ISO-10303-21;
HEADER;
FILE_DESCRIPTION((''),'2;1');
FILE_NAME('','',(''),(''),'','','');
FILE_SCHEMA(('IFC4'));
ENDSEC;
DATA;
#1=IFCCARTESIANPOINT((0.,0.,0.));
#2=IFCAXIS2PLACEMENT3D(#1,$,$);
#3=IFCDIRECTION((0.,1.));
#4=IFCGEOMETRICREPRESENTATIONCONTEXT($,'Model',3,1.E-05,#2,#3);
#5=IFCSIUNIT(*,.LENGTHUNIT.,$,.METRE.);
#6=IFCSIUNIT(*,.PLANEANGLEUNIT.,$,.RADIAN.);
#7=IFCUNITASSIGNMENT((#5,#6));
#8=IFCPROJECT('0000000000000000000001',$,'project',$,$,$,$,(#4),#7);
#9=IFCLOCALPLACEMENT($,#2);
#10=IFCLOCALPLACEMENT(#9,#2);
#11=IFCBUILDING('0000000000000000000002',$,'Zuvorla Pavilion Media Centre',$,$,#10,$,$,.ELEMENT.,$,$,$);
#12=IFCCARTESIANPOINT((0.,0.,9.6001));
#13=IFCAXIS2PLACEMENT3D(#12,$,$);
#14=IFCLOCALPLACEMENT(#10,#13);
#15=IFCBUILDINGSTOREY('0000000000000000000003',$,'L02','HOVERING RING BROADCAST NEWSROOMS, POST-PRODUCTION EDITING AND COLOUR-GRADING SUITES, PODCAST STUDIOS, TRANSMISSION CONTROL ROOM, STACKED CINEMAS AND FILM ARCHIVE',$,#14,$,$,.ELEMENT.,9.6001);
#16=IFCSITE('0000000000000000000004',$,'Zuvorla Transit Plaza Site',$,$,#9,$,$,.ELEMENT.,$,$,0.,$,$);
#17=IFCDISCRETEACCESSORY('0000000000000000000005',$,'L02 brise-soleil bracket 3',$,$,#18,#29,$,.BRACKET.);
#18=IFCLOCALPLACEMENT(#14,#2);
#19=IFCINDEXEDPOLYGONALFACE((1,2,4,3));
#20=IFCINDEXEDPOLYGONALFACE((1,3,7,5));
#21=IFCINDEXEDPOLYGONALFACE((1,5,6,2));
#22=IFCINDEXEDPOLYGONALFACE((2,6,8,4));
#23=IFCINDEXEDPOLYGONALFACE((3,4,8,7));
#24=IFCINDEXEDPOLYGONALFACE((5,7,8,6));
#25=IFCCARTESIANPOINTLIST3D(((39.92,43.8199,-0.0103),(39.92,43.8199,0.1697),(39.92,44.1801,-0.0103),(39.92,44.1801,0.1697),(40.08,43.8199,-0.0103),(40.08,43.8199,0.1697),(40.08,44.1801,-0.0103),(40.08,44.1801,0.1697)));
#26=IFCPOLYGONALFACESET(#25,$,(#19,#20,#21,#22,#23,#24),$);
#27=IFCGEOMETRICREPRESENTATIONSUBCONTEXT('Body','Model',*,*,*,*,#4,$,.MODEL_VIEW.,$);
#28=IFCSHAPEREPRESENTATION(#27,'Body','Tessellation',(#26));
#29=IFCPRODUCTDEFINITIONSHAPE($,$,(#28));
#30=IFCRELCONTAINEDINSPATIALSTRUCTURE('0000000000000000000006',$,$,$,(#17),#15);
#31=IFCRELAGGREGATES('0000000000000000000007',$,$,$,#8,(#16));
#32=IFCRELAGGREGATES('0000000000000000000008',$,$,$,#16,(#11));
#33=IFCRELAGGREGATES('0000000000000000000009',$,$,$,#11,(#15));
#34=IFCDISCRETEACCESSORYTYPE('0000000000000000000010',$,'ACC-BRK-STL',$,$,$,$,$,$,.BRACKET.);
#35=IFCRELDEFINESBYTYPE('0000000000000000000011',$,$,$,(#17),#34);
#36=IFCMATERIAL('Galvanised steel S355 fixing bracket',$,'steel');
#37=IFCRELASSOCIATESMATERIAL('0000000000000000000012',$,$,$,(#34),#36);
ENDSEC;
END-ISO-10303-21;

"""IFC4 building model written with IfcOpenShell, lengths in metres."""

from ifc_helpers import new_model, si_unit, direction, frame, origin, origin_2d, place, context, subcontext, project, spatial, rectangle, extrude, material, type_object, element, save


model = new_model("IFC4")

# Units and contexts
model_context = context("Model", 3, precision=1e-05, world=origin(), true_north=direction((0.0, 1.0)))
body_context = subcontext(model_context, "Body", "Model", "MODEL_VIEW")
ifc_project = project(units=[si_unit("LENGTHUNIT", "METRE"), si_unit("PLANEANGLEUNIT", "RADIAN")], contexts=[model_context])

# Site, building, storey
site_placement = place(None, origin())
site = spatial("IfcSite", under=ifc_project, at=site_placement, Name="Zuvorla Transit Plaza Site", CompositionType="ELEMENT", RefElevation=0.0)
building_placement = place(site_placement, origin())
building = spatial("IfcBuilding", under=site, at=building_placement, Name="Zuvorla Pavilion Media Centre", CompositionType="ELEMENT")
storey_placement = place(building_placement, frame((0.0, 0.0, 9.6001)))
storey = spatial("IfcBuildingStorey", under=building, at=storey_placement, Name="L02", Description="HOVERING RING BROADCAST NEWSROOMS, POST-PRODUCTION EDITING AND COLOUR-GRADING SUITES, PODCAST STUDIOS, TRANSMISSION CONTROL ROOM, STACKED CINEMAS AND FILM ARCHIVE", CompositionType="ELEMENT", Elevation=9.6001)

# Discrete accessory
ifc_material_1 = material(Name="Galvanised steel S355 fixing bracket", Category="steel")
discrete_accessory_type = type_object("IfcDiscreteAccessoryType", Name="ACC-BRK-STL", PredefinedType="BRACKET", material=ifc_material_1)
for number, where, z_axis, x_axis, name in (
    (1, (40.0, 44.0, -0.0103), (0.0, 0.0, 1.0), (1.0, 0.0, 0.0), "L02 brise-soleil bracket 3"),
):
    element("IfcDiscreteAccessory", number, at=place(storey_placement, frame(where, z_axis=z_axis, x_axis=x_axis)), inside=storey, type_object=discrete_accessory_type, Name=name, PredefinedType="BRACKET", context=body_context, shape_type="SweptSolid", body=[
        extrude(rectangle(XDim=0.1599, YDim=0.3601, at=origin_2d()), origin(), (0.0, 0.0, 1.0), 0.1799),
    ])

save(model, "model.ifc")
